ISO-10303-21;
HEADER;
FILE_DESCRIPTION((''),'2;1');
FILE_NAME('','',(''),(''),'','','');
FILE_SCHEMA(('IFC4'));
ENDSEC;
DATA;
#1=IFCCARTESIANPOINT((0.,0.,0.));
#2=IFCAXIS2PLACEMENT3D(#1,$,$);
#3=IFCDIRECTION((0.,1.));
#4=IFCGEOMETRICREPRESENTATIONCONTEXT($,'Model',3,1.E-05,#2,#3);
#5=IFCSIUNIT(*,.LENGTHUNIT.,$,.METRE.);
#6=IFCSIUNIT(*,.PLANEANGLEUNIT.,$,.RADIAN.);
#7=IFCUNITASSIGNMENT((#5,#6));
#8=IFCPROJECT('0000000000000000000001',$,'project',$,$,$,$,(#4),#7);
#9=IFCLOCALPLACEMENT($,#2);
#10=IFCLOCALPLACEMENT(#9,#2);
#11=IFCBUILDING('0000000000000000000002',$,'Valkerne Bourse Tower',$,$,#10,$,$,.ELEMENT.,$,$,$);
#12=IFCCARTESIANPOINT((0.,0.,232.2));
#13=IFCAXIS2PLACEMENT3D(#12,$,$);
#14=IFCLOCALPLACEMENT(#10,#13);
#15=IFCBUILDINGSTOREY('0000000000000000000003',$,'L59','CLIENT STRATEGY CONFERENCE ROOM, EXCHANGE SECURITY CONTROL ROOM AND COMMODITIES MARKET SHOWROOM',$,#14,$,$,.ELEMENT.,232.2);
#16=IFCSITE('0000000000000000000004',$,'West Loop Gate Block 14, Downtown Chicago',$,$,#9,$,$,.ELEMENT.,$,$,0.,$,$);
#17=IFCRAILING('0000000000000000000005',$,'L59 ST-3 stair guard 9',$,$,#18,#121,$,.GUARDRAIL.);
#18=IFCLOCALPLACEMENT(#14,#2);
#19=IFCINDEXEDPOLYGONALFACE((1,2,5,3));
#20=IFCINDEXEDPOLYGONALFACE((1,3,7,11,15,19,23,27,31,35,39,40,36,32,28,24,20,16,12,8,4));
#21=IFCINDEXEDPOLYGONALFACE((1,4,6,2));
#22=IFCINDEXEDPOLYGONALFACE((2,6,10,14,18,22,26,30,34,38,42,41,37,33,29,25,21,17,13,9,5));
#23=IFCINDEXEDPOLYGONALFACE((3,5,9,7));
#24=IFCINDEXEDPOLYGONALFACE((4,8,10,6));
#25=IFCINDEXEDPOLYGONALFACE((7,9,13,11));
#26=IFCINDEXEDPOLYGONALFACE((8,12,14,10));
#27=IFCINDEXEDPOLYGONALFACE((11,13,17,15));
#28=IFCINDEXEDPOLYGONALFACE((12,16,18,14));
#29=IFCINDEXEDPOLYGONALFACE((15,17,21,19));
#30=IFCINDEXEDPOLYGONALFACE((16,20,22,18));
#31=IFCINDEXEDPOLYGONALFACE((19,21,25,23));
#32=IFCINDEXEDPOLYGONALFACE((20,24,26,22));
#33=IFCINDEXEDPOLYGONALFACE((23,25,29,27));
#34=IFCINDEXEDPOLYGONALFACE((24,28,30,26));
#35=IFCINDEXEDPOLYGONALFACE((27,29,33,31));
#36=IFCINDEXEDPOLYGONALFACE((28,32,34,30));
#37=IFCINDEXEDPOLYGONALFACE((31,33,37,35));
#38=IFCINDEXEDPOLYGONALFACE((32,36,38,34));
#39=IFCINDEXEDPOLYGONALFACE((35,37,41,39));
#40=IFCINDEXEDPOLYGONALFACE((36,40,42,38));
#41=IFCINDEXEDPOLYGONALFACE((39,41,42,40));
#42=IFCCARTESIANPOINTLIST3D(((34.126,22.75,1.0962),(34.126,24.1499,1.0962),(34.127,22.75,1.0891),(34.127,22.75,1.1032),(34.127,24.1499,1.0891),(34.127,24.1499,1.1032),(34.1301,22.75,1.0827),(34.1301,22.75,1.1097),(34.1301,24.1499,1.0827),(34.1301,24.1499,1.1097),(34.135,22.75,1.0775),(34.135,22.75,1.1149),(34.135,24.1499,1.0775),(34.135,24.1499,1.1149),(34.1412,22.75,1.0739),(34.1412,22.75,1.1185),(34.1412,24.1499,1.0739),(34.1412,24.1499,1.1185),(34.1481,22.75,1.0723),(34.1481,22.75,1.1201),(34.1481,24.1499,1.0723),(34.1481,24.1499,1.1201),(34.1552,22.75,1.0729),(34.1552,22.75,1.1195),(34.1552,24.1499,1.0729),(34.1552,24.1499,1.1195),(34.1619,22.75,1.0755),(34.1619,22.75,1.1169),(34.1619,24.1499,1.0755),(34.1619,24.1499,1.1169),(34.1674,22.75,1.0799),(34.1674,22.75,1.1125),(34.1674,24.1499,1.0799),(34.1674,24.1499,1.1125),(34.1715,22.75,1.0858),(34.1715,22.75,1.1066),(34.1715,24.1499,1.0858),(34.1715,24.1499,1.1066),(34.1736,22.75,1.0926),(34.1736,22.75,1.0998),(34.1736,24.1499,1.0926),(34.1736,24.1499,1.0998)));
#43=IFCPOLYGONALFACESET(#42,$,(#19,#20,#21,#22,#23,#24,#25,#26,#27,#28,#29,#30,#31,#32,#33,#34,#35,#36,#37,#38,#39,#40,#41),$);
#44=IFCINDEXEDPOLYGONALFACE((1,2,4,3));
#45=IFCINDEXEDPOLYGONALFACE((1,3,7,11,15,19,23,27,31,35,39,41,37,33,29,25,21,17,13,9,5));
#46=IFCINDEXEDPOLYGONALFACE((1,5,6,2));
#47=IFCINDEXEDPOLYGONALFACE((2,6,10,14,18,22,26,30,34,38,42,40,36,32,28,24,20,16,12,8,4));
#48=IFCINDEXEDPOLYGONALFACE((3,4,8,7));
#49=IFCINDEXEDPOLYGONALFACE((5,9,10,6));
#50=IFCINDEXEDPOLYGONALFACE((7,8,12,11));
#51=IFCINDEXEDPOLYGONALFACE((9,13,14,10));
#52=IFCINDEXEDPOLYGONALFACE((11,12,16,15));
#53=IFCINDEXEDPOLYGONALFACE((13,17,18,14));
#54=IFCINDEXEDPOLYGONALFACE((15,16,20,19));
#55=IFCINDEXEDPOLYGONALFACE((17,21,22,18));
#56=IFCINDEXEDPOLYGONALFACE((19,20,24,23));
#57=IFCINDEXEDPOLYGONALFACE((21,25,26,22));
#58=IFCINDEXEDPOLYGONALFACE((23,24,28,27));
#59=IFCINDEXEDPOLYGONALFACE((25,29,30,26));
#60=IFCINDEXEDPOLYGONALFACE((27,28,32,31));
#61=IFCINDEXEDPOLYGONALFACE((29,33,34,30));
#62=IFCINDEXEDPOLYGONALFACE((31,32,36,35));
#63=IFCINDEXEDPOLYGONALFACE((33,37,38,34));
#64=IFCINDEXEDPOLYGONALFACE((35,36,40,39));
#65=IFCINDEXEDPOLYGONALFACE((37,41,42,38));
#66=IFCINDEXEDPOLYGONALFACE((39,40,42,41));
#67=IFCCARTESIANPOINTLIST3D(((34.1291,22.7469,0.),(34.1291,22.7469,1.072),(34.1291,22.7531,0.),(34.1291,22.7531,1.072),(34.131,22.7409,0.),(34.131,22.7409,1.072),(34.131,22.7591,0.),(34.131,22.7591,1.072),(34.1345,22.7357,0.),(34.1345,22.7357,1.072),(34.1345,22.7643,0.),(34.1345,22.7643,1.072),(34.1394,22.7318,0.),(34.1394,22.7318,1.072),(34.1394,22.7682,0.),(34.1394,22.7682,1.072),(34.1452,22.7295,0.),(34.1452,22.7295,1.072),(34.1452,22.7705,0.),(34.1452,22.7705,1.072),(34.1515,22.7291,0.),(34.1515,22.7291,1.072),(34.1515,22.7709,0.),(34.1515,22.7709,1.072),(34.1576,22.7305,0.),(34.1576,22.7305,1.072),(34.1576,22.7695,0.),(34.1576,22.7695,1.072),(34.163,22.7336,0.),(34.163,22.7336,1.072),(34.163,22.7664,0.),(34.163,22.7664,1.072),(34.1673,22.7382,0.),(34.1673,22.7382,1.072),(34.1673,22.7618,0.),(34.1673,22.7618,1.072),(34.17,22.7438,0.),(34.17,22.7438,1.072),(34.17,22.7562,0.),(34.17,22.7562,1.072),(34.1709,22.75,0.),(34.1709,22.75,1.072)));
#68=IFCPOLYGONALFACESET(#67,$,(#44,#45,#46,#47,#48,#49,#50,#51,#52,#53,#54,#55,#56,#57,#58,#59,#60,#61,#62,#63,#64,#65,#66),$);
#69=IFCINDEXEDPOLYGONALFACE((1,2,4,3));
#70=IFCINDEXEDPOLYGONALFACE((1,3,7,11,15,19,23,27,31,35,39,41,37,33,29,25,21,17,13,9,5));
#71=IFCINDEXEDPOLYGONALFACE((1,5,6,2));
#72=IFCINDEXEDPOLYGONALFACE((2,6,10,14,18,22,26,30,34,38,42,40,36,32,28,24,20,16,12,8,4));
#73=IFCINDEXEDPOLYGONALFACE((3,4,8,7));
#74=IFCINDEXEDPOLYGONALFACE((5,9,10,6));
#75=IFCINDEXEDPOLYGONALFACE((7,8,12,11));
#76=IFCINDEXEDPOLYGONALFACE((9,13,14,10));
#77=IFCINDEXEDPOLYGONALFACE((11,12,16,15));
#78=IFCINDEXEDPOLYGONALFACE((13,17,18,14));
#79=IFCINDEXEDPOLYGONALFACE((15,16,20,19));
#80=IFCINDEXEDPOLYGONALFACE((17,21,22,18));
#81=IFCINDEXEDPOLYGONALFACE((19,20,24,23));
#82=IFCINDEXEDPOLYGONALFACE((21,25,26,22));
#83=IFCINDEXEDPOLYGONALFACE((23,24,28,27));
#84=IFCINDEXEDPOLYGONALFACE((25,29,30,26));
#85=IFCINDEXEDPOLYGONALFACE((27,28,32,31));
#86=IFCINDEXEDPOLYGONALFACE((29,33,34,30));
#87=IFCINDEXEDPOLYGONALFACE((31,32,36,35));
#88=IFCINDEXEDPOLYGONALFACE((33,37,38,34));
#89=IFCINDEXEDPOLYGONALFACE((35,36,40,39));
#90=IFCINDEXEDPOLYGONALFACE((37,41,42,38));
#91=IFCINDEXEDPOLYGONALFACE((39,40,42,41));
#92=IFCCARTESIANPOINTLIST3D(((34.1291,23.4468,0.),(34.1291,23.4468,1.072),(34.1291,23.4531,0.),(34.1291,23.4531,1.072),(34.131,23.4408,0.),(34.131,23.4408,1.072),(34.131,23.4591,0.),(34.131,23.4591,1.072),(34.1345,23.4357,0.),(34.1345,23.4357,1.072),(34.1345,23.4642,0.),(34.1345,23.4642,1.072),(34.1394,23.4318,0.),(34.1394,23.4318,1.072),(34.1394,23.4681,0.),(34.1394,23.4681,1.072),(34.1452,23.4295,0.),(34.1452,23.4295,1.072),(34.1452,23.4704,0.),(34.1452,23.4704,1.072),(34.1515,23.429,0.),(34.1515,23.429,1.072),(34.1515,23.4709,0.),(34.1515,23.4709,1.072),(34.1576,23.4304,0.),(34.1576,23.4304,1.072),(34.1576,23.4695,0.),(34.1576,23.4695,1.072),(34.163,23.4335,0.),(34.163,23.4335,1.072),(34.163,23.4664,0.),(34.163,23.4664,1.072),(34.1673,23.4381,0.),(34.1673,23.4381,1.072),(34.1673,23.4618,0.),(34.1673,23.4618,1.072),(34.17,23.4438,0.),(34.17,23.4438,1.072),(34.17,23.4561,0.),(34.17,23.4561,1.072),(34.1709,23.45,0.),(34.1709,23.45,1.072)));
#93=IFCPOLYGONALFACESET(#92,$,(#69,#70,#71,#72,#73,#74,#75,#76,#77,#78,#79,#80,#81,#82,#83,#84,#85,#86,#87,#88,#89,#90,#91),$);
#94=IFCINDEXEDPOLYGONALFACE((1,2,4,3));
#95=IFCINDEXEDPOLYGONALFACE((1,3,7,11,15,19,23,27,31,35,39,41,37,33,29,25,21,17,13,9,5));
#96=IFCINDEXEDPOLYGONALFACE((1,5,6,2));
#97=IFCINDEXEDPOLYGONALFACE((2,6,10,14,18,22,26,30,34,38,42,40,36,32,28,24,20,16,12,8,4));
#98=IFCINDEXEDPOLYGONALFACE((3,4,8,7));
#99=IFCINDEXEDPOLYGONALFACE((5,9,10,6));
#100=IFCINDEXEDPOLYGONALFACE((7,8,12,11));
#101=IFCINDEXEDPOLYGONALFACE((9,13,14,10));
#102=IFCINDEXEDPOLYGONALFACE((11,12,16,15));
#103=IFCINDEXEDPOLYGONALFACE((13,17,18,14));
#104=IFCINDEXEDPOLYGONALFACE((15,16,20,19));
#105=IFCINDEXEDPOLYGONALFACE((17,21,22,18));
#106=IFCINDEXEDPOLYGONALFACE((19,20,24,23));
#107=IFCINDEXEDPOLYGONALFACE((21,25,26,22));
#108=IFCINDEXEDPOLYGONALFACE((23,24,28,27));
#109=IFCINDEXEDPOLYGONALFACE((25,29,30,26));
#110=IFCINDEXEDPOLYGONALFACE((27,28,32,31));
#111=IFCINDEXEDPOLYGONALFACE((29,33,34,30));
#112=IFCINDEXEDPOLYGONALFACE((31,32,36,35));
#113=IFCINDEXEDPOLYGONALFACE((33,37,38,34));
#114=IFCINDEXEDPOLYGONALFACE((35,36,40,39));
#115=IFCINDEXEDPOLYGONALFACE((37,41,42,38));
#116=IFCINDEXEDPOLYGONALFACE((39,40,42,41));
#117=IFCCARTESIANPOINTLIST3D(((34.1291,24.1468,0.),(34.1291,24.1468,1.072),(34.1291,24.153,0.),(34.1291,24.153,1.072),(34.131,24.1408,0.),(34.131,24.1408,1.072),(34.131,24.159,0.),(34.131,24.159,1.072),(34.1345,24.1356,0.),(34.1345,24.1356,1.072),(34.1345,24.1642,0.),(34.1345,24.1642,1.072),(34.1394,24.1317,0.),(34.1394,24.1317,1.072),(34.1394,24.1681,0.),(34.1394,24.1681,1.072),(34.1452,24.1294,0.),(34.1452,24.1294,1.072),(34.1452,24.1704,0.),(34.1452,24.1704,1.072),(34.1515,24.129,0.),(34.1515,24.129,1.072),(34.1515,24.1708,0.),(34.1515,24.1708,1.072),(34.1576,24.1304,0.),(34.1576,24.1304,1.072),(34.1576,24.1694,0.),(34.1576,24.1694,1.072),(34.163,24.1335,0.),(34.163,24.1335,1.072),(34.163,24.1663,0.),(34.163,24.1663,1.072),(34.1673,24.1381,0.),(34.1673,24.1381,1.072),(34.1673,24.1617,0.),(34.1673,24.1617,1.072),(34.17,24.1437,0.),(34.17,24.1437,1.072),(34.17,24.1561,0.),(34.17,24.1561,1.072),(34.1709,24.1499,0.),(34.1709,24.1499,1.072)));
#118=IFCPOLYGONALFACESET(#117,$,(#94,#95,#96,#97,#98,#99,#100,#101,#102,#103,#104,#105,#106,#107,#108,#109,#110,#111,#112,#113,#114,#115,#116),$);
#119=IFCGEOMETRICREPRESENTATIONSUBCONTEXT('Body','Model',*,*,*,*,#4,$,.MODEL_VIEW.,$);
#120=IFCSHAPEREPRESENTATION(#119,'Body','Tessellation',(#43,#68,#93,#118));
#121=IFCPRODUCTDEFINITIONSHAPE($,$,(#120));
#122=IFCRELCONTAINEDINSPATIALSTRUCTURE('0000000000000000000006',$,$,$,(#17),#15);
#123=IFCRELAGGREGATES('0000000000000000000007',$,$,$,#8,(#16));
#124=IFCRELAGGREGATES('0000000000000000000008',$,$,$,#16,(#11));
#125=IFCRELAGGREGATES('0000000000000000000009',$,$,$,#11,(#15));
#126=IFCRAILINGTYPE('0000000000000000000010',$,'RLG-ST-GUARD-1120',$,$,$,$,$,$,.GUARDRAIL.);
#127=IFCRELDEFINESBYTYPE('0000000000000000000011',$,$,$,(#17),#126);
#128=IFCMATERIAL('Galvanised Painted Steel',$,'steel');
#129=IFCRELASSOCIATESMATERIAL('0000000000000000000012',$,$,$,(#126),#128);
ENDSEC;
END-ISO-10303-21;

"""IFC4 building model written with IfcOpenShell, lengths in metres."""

from ifc_helpers import new_model, si_unit, direction, frame, origin, origin_2d, place, context, subcontext, project, spatial, circle, extrude, material, type_object, element, save


model = new_model("IFC4")

# Units and contexts
model_context = context("Model", 3, precision=1e-05, world=origin(), true_north=direction((0.0, 1.0)))
body_context = subcontext(model_context, "Body", "Model", "MODEL_VIEW")
ifc_project = project(units=[si_unit("LENGTHUNIT", "METRE"), si_unit("PLANEANGLEUNIT", "RADIAN")], contexts=[model_context])

# Site, building, storey
site_placement = place(None, origin())
site = spatial("IfcSite", under=ifc_project, at=site_placement, Name="West Loop Gate Block 14, Downtown Chicago", CompositionType="ELEMENT", RefElevation=0.0)
building_placement = place(site_placement, origin())
building = spatial("IfcBuilding", under=site, at=building_placement, Name="Valkerne Bourse Tower", CompositionType="ELEMENT")
storey_placement = place(building_placement, frame((0.0, 0.0, 232.2)))
storey = spatial("IfcBuildingStorey", under=building, at=storey_placement, Name="L59", Description="CLIENT STRATEGY CONFERENCE ROOM, EXCHANGE SECURITY CONTROL ROOM AND COMMODITIES MARKET SHOWROOM", CompositionType="ELEMENT", Elevation=232.2)

# Shared definitions
ifc_material_1 = material(Name="Galvanised Painted Steel", Category="steel")

# Railing
railing_type = type_object("IfcRailingType", Name="RLG-ST-GUARD-1120", PredefinedType="GUARDRAIL", material=ifc_material_1)
for number, where, name in (
    (1, (34.1499, 22.75, 0.0), "L59 ST-3 stair guard 9"),
):
    element("IfcRailing", number, at=place(storey_placement, frame(where)), inside=storey, type_object=railing_type, Name=name, PredefinedType="GUARDRAIL", context=body_context, shape_type="SweptSolid", body=[
        extrude(circle(Radius=0.0239, at=origin_2d()), frame((0.0, 0.0, 1.0962), z_axis=(0.0, 1.0, 0.0), x_axis=(-1.0, 0.0, 0.0)), (0.0, 0.0, 1.0), 1.3999),
        extrude(circle(Radius=0.021, at=origin_2d()), origin(), (0.0, 0.0, 1.0), 1.072),
        extrude(circle(Radius=0.021, at=origin_2d()), frame((0.0, 0.7, 0.0)), (0.0, 0.0, 1.0), 1.072),
        extrude(circle(Radius=0.021, at=origin_2d()), frame((0.0, 1.3999, 0.0)), (0.0, 0.0, 1.0), 1.072),
    ])

save(model, "model.ifc")
